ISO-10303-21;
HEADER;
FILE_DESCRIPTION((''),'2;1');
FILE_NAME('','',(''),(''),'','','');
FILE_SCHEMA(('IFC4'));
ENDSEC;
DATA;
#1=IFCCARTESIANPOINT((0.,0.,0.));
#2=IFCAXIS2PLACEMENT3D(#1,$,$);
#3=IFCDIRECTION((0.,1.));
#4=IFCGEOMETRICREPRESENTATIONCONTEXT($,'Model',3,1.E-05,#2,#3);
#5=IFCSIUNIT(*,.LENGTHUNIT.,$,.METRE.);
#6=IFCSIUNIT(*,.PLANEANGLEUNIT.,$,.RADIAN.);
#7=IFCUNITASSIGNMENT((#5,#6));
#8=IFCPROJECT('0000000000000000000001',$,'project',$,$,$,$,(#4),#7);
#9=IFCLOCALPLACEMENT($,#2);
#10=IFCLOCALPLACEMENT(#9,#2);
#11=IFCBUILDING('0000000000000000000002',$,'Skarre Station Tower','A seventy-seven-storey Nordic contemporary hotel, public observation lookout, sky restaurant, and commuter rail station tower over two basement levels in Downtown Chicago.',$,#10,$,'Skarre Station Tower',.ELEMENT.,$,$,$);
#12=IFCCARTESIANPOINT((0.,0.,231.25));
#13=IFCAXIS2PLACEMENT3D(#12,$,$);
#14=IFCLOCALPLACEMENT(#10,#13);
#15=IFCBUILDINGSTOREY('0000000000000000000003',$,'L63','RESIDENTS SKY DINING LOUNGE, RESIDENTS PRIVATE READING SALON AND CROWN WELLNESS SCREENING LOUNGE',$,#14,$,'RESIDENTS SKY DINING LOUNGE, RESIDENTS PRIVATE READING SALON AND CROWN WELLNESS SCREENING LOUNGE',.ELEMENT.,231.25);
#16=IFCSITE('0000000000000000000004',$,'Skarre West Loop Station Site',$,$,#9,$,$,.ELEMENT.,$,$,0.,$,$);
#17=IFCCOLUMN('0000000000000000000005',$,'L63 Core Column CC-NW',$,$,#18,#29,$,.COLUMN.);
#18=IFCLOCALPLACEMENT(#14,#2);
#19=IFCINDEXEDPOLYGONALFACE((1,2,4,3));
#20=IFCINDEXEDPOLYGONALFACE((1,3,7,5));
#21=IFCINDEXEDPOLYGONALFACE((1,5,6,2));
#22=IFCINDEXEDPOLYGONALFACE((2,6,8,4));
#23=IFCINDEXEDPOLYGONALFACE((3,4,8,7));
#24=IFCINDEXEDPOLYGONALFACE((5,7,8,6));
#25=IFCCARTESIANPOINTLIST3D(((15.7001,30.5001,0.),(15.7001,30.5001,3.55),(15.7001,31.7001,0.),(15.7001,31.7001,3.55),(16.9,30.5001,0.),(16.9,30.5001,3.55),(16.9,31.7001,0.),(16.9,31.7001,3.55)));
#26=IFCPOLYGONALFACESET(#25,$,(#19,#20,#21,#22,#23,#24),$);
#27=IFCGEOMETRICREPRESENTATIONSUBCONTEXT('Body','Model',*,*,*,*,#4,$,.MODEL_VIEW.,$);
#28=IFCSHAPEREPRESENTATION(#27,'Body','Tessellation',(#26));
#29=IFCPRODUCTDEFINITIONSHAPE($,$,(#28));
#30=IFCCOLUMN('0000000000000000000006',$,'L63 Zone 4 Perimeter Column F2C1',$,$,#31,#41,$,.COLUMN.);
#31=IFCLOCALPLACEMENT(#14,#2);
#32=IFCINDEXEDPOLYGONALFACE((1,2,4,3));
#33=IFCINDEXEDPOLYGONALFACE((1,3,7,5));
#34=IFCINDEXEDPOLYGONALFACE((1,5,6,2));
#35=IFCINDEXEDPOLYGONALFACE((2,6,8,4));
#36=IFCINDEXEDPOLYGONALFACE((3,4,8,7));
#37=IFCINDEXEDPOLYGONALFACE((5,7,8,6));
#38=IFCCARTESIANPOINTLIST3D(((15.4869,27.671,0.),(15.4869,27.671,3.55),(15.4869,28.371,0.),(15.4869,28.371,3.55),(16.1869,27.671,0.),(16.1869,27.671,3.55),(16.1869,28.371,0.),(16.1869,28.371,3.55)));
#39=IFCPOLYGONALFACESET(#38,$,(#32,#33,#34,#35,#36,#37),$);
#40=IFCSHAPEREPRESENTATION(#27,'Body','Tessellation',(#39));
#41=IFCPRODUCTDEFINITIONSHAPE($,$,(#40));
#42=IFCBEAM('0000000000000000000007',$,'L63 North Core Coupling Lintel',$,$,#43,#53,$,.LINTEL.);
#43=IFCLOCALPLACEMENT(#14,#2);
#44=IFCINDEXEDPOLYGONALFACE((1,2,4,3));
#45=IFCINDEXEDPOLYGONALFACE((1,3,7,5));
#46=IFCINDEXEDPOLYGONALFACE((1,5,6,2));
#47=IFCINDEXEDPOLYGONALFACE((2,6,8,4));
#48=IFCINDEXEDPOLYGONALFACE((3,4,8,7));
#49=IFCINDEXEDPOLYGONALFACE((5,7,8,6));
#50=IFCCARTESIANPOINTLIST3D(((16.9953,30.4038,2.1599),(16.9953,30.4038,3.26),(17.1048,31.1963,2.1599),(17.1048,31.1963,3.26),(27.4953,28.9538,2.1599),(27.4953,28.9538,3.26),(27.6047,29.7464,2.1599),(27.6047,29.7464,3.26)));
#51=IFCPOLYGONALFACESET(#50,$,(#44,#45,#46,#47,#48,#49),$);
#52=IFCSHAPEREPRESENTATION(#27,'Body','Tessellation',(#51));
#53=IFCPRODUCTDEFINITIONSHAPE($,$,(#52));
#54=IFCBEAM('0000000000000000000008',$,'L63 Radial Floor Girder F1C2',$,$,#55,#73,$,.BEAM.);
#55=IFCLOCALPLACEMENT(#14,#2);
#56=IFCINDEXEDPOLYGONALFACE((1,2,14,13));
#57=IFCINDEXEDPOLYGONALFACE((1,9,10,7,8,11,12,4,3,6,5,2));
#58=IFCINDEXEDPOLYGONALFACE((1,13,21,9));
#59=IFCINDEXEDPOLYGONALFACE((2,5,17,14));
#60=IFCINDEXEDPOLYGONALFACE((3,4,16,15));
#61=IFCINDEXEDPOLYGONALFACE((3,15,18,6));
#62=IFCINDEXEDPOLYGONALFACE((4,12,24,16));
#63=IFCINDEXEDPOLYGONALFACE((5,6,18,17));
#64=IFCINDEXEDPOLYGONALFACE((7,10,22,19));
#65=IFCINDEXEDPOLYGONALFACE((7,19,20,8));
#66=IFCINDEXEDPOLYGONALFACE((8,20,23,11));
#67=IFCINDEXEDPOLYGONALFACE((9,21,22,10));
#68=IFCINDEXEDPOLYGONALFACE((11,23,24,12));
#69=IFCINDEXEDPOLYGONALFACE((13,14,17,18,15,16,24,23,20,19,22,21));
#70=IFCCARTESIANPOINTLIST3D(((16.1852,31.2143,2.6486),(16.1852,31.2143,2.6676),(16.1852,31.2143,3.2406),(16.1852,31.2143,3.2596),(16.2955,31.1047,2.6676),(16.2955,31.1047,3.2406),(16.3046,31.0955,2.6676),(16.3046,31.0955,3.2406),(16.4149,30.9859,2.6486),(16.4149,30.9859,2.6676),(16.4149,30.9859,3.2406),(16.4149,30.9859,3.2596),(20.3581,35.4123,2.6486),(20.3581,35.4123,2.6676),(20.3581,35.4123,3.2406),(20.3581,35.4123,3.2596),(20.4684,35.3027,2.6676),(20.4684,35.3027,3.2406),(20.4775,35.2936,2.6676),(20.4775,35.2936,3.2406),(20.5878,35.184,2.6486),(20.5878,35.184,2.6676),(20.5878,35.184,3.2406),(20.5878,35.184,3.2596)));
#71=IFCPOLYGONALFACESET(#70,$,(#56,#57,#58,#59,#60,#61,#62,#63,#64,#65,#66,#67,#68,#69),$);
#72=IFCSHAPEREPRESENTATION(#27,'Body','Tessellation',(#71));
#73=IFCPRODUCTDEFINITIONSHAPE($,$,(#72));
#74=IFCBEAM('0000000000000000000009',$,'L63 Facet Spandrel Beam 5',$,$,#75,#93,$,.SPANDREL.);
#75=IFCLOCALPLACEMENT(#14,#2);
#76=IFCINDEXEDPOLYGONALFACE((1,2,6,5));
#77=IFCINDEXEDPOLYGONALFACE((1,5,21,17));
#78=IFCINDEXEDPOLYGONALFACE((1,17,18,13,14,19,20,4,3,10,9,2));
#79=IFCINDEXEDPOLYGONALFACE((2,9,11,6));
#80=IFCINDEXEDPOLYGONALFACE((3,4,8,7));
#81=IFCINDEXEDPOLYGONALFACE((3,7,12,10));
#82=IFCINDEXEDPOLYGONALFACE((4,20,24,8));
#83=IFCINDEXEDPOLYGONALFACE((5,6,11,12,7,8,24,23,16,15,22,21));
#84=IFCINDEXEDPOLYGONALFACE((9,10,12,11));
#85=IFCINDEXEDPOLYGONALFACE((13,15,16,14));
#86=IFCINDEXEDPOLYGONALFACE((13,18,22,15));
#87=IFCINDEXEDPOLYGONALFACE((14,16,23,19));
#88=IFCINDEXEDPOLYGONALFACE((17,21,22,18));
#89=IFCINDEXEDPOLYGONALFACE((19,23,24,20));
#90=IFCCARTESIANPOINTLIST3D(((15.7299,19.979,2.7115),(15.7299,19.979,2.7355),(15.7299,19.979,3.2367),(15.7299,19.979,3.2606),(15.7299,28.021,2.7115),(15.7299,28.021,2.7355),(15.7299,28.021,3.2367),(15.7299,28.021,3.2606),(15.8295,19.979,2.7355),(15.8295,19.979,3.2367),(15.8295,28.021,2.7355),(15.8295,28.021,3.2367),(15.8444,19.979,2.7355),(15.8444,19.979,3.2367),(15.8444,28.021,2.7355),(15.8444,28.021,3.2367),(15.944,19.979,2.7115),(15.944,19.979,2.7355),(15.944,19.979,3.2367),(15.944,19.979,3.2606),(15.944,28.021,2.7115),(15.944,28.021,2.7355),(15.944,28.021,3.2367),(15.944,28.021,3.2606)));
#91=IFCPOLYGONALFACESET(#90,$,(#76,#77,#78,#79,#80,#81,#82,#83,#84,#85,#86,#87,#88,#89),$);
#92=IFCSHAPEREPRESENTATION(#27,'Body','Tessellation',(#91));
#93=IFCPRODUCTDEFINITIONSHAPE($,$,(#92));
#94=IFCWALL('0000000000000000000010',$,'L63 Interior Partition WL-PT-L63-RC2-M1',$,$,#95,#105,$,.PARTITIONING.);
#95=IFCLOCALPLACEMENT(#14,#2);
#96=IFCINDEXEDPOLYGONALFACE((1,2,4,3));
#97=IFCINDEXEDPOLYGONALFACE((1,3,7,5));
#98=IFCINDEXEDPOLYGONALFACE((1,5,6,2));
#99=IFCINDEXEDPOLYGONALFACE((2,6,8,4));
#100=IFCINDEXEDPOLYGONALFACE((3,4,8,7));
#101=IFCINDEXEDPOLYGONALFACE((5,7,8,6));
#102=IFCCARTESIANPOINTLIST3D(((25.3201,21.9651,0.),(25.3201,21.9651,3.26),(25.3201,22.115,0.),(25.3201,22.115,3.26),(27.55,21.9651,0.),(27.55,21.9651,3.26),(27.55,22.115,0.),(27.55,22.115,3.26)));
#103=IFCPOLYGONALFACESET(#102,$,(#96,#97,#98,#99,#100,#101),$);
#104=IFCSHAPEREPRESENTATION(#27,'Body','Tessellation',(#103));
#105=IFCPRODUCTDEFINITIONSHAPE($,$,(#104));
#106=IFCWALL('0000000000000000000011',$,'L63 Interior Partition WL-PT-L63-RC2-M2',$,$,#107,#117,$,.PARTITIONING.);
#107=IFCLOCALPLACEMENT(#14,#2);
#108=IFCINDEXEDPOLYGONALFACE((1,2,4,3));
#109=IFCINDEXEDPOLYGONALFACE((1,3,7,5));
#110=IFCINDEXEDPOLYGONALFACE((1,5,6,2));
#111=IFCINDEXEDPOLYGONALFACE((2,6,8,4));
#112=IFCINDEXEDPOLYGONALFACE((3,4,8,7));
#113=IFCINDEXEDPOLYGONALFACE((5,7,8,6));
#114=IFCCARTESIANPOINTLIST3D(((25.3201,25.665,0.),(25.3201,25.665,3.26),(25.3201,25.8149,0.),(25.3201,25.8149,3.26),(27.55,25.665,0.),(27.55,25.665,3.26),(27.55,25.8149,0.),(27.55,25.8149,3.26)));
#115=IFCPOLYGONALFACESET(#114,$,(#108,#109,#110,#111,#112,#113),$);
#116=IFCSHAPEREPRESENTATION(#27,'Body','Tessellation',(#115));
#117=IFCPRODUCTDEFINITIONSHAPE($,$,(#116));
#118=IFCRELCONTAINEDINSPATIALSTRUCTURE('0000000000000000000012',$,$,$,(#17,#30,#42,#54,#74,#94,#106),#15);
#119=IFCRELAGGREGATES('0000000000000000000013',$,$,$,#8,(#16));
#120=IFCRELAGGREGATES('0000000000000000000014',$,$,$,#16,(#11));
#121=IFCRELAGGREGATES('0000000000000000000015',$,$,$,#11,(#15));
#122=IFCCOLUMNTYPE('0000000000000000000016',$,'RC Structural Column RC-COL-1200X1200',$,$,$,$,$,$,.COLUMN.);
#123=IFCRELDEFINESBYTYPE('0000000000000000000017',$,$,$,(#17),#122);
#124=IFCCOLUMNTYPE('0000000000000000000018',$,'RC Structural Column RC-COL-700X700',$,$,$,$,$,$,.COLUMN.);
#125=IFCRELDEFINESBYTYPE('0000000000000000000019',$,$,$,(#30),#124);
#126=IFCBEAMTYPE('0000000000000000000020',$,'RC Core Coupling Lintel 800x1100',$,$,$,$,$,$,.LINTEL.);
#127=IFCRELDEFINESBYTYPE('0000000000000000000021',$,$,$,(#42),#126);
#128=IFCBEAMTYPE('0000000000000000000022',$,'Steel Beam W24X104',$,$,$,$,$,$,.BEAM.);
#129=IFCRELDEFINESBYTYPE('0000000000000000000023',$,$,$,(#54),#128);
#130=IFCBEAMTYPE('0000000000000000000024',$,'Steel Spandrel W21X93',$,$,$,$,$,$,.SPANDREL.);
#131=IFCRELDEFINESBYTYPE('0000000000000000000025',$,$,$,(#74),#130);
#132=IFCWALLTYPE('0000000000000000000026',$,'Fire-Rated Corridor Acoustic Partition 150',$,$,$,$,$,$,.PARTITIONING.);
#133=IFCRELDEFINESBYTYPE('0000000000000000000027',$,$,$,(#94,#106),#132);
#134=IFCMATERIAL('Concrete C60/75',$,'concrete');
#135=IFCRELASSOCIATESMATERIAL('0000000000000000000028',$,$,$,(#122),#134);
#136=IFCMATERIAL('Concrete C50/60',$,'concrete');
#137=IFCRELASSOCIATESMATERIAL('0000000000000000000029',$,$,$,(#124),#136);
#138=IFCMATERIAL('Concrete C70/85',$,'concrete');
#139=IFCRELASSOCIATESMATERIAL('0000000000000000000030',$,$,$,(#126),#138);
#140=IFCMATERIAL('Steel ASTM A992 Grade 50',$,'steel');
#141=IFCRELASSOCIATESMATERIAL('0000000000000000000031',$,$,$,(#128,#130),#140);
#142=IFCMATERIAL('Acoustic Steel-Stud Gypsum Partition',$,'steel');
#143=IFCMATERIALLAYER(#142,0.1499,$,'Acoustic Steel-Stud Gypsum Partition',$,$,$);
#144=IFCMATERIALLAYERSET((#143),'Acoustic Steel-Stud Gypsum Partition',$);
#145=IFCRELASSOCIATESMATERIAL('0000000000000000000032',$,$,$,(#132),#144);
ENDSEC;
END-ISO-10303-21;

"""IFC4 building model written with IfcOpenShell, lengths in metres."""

from ifc_helpers import new_model, si_unit, direction, frame, frame_2d, origin, origin_2d, place, context, subcontext, project, spatial, rectangle, i_section, extrude, material, layer, layer_set, material_profile, profile_set, type_object, element, save


model = new_model("IFC4")

# Units and contexts
model_context = context("Model", 3, precision=1e-05, world=origin(), true_north=direction((0.0, 1.0)))
body_context = subcontext(model_context, "Body", "Model", "MODEL_VIEW")
ifc_project = project(units=[si_unit("LENGTHUNIT", "METRE"), si_unit("PLANEANGLEUNIT", "RADIAN")], contexts=[model_context])

# Site, building, storey
site_placement = place(None, origin())
site = spatial("IfcSite", under=ifc_project, at=site_placement, Name="Skarre West Loop Station Site", CompositionType="ELEMENT", RefElevation=0.0)
building_placement = place(site_placement, origin())
building = spatial("IfcBuilding", under=site, at=building_placement, Name="Skarre Station Tower", Description="A seventy-seven-storey Nordic contemporary hotel, public observation lookout, sky restaurant, and commuter rail station tower over two basement levels in Downtown Chicago.", LongName="Skarre Station Tower", CompositionType="ELEMENT")
storey_placement = place(building_placement, frame((0.0, 0.0, 231.25)))
storey = spatial("IfcBuildingStorey", under=building, at=storey_placement, Name="L63", Description="RESIDENTS SKY DINING LOUNGE, RESIDENTS PRIVATE READING SALON AND CROWN WELLNESS SCREENING LOUNGE", LongName="RESIDENTS SKY DINING LOUNGE, RESIDENTS PRIVATE READING SALON AND CROWN WELLNESS SCREENING LOUNGE", CompositionType="ELEMENT", Elevation=231.25)

# Columns
ifc_material_1 = material(Name="Concrete C60/75", Category="concrete")
ifc_material_profile_1 = material_profile(ifc_material_1, rectangle(XDim=1.2, YDim=1.2, at=origin_2d()), Name="Concrete C60/75")
ifc_profile_set_1 = profile_set([ifc_material_profile_1], Name="Concrete C60/75")
column_type_1 = type_object("IfcColumnType", Name="RC Structural Column RC-COL-1200X1200", PredefinedType="COLUMN", material=ifc_profile_set_1)
column_1_placement = place(storey_placement, frame((16.3, 31.1001, 0.0), z_axis=(0.0, 0.0, 1.0), x_axis=(1.0, 0.0, 0.0)))
element("IfcColumn", 1, at=column_1_placement, inside=storey, type_object=column_type_1, Name="L63 Core Column CC-NW", PredefinedType="COLUMN", context=body_context, shape_type="SweptSolid", body=[
    extrude(rectangle(XDim=1.2, YDim=1.2, at=origin_2d()), origin(), (0.0, 0.0, 1.0), 3.55),
])
ifc_material_2 = material(Name="Concrete C50/60", Category="concrete")
ifc_material_profile_2 = material_profile(ifc_material_2, rectangle(XDim=0.7, YDim=0.7, at=origin_2d()), Name="Concrete C50/60")
ifc_profile_set_2 = profile_set([ifc_material_profile_2], Name="Concrete C50/60")
column_type_2 = type_object("IfcColumnType", Name="RC Structural Column RC-COL-700X700", PredefinedType="COLUMN", material=ifc_profile_set_2)
column_2_placement = place(storey_placement, frame((15.8369, 28.021, 0.0), z_axis=(0.0, 0.0, 1.0), x_axis=(1.0, 0.0, 0.0)))
element("IfcColumn", 2, at=column_2_placement, inside=storey, type_object=column_type_2, Name="L63 Zone 4 Perimeter Column F2C1", PredefinedType="COLUMN", context=body_context, shape_type="SweptSolid", body=[
    extrude(rectangle(XDim=0.7, YDim=0.7, at=origin_2d()), origin(), (0.0, 0.0, 1.0), 3.55),
])

# Beams
ifc_material_3 = material(Name="Concrete C70/85", Category="concrete")
ifc_material_profile_3 = material_profile(ifc_material_3, rectangle(XDim=0.8, YDim=1.1001, at=origin_2d()), Name="Concrete C70/85")
ifc_profile_set_3 = profile_set([ifc_material_profile_3], Name="Concrete C70/85")
beam_type_1 = type_object("IfcBeamType", Name="RC Core Coupling Lintel 800x1100", PredefinedType="LINTEL", material=ifc_profile_set_3)
beam_1_placement = place(storey_placement, frame((17.05, 30.8, 2.71), z_axis=(0.9906, -0.136792, 0.0), x_axis=(0.136792, 0.9906, 0.0)))
element("IfcBeam", 3, at=beam_1_placement, inside=storey, type_object=beam_type_1, Name="L63 North Core Coupling Lintel", PredefinedType="LINTEL", context=body_context, shape_type="SweptSolid", body=[
    extrude(rectangle(XDim=0.8, YDim=1.1001, at=origin_2d()), origin(), (0.0, 0.0, 1.0), 10.5996),
])
ifc_material_4 = material(Name="Steel ASTM A992 Grade 50", Category="steel")
ifc_material_profile_4 = material_profile(ifc_material_4, i_section(OverallWidth=0.324, OverallDepth=0.6111, WebThickness=0.0129, FlangeThickness=0.019, at=origin_2d()), Name="Steel ASTM A992 Grade 50")
ifc_profile_set_4 = profile_set([ifc_material_profile_4], Name="Steel ASTM A992 Grade 50")
beam_type_2 = type_object("IfcBeamType", Name="Steel Beam W24X104", PredefinedType="BEAM", material=ifc_profile_set_4)
beam_2_placement = place(storey_placement, frame((16.3, 31.1001, 2.9541), z_axis=(0.704979, 0.709228, 0.0), x_axis=(-0.709228, 0.704979, 0.0)))
element("IfcBeam", 4, at=beam_2_placement, inside=storey, type_object=beam_type_2, Name="L63 Radial Floor Girder F1C2", PredefinedType="BEAM", context=body_context, shape_type="SweptSolid", body=[
    extrude(i_section(OverallWidth=0.324, OverallDepth=0.6111, WebThickness=0.0129, FlangeThickness=0.019, at=origin_2d()), origin(), (0.0, 0.0, 1.0), 5.9192),
])
ifc_material_profile_5 = material_profile(ifc_material_4, i_section(OverallWidth=0.2141, OverallDepth=0.5491, WebThickness=0.0149, FlangeThickness=0.0239, at=origin_2d()), Name="Steel ASTM A992 Grade 50")
ifc_profile_set_5 = profile_set([ifc_material_profile_5], Name="Steel ASTM A992 Grade 50")
beam_type_3 = type_object("IfcBeamType", Name="Steel Spandrel W21X93", PredefinedType="SPANDREL", material=ifc_profile_set_5)
beam_3_placement = place(storey_placement, frame((15.8369, 28.021, 2.9861), z_axis=(0.0, -1.0, 0.0), x_axis=(1.0, 0.0, 0.0)))
element("IfcBeam", 5, at=beam_3_placement, inside=storey, type_object=beam_type_3, Name="L63 Facet Spandrel Beam 5", PredefinedType="SPANDREL", context=body_context, shape_type="SweptSolid", body=[
    extrude(i_section(OverallWidth=0.2141, OverallDepth=0.5491, WebThickness=0.0149, FlangeThickness=0.0239, at=origin_2d()), origin(), (0.0, 0.0, 1.0), 8.042),
])

# Walls
ifc_material_5 = material(Name="Acoustic Steel-Stud Gypsum Partition", Category="steel")
ifc_layer_1 = layer(ifc_material_5, 0.1499, Name="Acoustic Steel-Stud Gypsum Partition")
ifc_layer_set_1 = layer_set([ifc_layer_1], Name="Acoustic Steel-Stud Gypsum Partition")
wall_type_1 = type_object("IfcWallType", Name="Fire-Rated Corridor Acoustic Partition 150", PredefinedType="PARTITIONING", material=ifc_layer_set_1)
for number, where, z_axis, x_axis, name in (
    (6, (25.3201, 22.04, 0.0), (0.0, 0.0, 1.0), (1.0, 0.0, 0.0), "L63 Interior Partition WL-PT-L63-RC2-M1"),
    (7, (25.3201, 25.74, 0.0), (0.0, 0.0, 1.0), (1.0, 0.0, 0.0), "L63 Interior Partition WL-PT-L63-RC2-M2"),
):
    element("IfcWall", number, at=place(storey_placement, frame(where, z_axis=z_axis, x_axis=x_axis)), inside=storey, type_object=wall_type_1, Name=name, PredefinedType="PARTITIONING", context=body_context, shape_type="SweptSolid", body=[
        extrude(rectangle(XDim=2.23, YDim=0.1499, at=frame_2d((1.115, 0.0))), origin(), (0.0, 0.0, 1.0), 3.26),
    ])

save(model, "model.ifc")
